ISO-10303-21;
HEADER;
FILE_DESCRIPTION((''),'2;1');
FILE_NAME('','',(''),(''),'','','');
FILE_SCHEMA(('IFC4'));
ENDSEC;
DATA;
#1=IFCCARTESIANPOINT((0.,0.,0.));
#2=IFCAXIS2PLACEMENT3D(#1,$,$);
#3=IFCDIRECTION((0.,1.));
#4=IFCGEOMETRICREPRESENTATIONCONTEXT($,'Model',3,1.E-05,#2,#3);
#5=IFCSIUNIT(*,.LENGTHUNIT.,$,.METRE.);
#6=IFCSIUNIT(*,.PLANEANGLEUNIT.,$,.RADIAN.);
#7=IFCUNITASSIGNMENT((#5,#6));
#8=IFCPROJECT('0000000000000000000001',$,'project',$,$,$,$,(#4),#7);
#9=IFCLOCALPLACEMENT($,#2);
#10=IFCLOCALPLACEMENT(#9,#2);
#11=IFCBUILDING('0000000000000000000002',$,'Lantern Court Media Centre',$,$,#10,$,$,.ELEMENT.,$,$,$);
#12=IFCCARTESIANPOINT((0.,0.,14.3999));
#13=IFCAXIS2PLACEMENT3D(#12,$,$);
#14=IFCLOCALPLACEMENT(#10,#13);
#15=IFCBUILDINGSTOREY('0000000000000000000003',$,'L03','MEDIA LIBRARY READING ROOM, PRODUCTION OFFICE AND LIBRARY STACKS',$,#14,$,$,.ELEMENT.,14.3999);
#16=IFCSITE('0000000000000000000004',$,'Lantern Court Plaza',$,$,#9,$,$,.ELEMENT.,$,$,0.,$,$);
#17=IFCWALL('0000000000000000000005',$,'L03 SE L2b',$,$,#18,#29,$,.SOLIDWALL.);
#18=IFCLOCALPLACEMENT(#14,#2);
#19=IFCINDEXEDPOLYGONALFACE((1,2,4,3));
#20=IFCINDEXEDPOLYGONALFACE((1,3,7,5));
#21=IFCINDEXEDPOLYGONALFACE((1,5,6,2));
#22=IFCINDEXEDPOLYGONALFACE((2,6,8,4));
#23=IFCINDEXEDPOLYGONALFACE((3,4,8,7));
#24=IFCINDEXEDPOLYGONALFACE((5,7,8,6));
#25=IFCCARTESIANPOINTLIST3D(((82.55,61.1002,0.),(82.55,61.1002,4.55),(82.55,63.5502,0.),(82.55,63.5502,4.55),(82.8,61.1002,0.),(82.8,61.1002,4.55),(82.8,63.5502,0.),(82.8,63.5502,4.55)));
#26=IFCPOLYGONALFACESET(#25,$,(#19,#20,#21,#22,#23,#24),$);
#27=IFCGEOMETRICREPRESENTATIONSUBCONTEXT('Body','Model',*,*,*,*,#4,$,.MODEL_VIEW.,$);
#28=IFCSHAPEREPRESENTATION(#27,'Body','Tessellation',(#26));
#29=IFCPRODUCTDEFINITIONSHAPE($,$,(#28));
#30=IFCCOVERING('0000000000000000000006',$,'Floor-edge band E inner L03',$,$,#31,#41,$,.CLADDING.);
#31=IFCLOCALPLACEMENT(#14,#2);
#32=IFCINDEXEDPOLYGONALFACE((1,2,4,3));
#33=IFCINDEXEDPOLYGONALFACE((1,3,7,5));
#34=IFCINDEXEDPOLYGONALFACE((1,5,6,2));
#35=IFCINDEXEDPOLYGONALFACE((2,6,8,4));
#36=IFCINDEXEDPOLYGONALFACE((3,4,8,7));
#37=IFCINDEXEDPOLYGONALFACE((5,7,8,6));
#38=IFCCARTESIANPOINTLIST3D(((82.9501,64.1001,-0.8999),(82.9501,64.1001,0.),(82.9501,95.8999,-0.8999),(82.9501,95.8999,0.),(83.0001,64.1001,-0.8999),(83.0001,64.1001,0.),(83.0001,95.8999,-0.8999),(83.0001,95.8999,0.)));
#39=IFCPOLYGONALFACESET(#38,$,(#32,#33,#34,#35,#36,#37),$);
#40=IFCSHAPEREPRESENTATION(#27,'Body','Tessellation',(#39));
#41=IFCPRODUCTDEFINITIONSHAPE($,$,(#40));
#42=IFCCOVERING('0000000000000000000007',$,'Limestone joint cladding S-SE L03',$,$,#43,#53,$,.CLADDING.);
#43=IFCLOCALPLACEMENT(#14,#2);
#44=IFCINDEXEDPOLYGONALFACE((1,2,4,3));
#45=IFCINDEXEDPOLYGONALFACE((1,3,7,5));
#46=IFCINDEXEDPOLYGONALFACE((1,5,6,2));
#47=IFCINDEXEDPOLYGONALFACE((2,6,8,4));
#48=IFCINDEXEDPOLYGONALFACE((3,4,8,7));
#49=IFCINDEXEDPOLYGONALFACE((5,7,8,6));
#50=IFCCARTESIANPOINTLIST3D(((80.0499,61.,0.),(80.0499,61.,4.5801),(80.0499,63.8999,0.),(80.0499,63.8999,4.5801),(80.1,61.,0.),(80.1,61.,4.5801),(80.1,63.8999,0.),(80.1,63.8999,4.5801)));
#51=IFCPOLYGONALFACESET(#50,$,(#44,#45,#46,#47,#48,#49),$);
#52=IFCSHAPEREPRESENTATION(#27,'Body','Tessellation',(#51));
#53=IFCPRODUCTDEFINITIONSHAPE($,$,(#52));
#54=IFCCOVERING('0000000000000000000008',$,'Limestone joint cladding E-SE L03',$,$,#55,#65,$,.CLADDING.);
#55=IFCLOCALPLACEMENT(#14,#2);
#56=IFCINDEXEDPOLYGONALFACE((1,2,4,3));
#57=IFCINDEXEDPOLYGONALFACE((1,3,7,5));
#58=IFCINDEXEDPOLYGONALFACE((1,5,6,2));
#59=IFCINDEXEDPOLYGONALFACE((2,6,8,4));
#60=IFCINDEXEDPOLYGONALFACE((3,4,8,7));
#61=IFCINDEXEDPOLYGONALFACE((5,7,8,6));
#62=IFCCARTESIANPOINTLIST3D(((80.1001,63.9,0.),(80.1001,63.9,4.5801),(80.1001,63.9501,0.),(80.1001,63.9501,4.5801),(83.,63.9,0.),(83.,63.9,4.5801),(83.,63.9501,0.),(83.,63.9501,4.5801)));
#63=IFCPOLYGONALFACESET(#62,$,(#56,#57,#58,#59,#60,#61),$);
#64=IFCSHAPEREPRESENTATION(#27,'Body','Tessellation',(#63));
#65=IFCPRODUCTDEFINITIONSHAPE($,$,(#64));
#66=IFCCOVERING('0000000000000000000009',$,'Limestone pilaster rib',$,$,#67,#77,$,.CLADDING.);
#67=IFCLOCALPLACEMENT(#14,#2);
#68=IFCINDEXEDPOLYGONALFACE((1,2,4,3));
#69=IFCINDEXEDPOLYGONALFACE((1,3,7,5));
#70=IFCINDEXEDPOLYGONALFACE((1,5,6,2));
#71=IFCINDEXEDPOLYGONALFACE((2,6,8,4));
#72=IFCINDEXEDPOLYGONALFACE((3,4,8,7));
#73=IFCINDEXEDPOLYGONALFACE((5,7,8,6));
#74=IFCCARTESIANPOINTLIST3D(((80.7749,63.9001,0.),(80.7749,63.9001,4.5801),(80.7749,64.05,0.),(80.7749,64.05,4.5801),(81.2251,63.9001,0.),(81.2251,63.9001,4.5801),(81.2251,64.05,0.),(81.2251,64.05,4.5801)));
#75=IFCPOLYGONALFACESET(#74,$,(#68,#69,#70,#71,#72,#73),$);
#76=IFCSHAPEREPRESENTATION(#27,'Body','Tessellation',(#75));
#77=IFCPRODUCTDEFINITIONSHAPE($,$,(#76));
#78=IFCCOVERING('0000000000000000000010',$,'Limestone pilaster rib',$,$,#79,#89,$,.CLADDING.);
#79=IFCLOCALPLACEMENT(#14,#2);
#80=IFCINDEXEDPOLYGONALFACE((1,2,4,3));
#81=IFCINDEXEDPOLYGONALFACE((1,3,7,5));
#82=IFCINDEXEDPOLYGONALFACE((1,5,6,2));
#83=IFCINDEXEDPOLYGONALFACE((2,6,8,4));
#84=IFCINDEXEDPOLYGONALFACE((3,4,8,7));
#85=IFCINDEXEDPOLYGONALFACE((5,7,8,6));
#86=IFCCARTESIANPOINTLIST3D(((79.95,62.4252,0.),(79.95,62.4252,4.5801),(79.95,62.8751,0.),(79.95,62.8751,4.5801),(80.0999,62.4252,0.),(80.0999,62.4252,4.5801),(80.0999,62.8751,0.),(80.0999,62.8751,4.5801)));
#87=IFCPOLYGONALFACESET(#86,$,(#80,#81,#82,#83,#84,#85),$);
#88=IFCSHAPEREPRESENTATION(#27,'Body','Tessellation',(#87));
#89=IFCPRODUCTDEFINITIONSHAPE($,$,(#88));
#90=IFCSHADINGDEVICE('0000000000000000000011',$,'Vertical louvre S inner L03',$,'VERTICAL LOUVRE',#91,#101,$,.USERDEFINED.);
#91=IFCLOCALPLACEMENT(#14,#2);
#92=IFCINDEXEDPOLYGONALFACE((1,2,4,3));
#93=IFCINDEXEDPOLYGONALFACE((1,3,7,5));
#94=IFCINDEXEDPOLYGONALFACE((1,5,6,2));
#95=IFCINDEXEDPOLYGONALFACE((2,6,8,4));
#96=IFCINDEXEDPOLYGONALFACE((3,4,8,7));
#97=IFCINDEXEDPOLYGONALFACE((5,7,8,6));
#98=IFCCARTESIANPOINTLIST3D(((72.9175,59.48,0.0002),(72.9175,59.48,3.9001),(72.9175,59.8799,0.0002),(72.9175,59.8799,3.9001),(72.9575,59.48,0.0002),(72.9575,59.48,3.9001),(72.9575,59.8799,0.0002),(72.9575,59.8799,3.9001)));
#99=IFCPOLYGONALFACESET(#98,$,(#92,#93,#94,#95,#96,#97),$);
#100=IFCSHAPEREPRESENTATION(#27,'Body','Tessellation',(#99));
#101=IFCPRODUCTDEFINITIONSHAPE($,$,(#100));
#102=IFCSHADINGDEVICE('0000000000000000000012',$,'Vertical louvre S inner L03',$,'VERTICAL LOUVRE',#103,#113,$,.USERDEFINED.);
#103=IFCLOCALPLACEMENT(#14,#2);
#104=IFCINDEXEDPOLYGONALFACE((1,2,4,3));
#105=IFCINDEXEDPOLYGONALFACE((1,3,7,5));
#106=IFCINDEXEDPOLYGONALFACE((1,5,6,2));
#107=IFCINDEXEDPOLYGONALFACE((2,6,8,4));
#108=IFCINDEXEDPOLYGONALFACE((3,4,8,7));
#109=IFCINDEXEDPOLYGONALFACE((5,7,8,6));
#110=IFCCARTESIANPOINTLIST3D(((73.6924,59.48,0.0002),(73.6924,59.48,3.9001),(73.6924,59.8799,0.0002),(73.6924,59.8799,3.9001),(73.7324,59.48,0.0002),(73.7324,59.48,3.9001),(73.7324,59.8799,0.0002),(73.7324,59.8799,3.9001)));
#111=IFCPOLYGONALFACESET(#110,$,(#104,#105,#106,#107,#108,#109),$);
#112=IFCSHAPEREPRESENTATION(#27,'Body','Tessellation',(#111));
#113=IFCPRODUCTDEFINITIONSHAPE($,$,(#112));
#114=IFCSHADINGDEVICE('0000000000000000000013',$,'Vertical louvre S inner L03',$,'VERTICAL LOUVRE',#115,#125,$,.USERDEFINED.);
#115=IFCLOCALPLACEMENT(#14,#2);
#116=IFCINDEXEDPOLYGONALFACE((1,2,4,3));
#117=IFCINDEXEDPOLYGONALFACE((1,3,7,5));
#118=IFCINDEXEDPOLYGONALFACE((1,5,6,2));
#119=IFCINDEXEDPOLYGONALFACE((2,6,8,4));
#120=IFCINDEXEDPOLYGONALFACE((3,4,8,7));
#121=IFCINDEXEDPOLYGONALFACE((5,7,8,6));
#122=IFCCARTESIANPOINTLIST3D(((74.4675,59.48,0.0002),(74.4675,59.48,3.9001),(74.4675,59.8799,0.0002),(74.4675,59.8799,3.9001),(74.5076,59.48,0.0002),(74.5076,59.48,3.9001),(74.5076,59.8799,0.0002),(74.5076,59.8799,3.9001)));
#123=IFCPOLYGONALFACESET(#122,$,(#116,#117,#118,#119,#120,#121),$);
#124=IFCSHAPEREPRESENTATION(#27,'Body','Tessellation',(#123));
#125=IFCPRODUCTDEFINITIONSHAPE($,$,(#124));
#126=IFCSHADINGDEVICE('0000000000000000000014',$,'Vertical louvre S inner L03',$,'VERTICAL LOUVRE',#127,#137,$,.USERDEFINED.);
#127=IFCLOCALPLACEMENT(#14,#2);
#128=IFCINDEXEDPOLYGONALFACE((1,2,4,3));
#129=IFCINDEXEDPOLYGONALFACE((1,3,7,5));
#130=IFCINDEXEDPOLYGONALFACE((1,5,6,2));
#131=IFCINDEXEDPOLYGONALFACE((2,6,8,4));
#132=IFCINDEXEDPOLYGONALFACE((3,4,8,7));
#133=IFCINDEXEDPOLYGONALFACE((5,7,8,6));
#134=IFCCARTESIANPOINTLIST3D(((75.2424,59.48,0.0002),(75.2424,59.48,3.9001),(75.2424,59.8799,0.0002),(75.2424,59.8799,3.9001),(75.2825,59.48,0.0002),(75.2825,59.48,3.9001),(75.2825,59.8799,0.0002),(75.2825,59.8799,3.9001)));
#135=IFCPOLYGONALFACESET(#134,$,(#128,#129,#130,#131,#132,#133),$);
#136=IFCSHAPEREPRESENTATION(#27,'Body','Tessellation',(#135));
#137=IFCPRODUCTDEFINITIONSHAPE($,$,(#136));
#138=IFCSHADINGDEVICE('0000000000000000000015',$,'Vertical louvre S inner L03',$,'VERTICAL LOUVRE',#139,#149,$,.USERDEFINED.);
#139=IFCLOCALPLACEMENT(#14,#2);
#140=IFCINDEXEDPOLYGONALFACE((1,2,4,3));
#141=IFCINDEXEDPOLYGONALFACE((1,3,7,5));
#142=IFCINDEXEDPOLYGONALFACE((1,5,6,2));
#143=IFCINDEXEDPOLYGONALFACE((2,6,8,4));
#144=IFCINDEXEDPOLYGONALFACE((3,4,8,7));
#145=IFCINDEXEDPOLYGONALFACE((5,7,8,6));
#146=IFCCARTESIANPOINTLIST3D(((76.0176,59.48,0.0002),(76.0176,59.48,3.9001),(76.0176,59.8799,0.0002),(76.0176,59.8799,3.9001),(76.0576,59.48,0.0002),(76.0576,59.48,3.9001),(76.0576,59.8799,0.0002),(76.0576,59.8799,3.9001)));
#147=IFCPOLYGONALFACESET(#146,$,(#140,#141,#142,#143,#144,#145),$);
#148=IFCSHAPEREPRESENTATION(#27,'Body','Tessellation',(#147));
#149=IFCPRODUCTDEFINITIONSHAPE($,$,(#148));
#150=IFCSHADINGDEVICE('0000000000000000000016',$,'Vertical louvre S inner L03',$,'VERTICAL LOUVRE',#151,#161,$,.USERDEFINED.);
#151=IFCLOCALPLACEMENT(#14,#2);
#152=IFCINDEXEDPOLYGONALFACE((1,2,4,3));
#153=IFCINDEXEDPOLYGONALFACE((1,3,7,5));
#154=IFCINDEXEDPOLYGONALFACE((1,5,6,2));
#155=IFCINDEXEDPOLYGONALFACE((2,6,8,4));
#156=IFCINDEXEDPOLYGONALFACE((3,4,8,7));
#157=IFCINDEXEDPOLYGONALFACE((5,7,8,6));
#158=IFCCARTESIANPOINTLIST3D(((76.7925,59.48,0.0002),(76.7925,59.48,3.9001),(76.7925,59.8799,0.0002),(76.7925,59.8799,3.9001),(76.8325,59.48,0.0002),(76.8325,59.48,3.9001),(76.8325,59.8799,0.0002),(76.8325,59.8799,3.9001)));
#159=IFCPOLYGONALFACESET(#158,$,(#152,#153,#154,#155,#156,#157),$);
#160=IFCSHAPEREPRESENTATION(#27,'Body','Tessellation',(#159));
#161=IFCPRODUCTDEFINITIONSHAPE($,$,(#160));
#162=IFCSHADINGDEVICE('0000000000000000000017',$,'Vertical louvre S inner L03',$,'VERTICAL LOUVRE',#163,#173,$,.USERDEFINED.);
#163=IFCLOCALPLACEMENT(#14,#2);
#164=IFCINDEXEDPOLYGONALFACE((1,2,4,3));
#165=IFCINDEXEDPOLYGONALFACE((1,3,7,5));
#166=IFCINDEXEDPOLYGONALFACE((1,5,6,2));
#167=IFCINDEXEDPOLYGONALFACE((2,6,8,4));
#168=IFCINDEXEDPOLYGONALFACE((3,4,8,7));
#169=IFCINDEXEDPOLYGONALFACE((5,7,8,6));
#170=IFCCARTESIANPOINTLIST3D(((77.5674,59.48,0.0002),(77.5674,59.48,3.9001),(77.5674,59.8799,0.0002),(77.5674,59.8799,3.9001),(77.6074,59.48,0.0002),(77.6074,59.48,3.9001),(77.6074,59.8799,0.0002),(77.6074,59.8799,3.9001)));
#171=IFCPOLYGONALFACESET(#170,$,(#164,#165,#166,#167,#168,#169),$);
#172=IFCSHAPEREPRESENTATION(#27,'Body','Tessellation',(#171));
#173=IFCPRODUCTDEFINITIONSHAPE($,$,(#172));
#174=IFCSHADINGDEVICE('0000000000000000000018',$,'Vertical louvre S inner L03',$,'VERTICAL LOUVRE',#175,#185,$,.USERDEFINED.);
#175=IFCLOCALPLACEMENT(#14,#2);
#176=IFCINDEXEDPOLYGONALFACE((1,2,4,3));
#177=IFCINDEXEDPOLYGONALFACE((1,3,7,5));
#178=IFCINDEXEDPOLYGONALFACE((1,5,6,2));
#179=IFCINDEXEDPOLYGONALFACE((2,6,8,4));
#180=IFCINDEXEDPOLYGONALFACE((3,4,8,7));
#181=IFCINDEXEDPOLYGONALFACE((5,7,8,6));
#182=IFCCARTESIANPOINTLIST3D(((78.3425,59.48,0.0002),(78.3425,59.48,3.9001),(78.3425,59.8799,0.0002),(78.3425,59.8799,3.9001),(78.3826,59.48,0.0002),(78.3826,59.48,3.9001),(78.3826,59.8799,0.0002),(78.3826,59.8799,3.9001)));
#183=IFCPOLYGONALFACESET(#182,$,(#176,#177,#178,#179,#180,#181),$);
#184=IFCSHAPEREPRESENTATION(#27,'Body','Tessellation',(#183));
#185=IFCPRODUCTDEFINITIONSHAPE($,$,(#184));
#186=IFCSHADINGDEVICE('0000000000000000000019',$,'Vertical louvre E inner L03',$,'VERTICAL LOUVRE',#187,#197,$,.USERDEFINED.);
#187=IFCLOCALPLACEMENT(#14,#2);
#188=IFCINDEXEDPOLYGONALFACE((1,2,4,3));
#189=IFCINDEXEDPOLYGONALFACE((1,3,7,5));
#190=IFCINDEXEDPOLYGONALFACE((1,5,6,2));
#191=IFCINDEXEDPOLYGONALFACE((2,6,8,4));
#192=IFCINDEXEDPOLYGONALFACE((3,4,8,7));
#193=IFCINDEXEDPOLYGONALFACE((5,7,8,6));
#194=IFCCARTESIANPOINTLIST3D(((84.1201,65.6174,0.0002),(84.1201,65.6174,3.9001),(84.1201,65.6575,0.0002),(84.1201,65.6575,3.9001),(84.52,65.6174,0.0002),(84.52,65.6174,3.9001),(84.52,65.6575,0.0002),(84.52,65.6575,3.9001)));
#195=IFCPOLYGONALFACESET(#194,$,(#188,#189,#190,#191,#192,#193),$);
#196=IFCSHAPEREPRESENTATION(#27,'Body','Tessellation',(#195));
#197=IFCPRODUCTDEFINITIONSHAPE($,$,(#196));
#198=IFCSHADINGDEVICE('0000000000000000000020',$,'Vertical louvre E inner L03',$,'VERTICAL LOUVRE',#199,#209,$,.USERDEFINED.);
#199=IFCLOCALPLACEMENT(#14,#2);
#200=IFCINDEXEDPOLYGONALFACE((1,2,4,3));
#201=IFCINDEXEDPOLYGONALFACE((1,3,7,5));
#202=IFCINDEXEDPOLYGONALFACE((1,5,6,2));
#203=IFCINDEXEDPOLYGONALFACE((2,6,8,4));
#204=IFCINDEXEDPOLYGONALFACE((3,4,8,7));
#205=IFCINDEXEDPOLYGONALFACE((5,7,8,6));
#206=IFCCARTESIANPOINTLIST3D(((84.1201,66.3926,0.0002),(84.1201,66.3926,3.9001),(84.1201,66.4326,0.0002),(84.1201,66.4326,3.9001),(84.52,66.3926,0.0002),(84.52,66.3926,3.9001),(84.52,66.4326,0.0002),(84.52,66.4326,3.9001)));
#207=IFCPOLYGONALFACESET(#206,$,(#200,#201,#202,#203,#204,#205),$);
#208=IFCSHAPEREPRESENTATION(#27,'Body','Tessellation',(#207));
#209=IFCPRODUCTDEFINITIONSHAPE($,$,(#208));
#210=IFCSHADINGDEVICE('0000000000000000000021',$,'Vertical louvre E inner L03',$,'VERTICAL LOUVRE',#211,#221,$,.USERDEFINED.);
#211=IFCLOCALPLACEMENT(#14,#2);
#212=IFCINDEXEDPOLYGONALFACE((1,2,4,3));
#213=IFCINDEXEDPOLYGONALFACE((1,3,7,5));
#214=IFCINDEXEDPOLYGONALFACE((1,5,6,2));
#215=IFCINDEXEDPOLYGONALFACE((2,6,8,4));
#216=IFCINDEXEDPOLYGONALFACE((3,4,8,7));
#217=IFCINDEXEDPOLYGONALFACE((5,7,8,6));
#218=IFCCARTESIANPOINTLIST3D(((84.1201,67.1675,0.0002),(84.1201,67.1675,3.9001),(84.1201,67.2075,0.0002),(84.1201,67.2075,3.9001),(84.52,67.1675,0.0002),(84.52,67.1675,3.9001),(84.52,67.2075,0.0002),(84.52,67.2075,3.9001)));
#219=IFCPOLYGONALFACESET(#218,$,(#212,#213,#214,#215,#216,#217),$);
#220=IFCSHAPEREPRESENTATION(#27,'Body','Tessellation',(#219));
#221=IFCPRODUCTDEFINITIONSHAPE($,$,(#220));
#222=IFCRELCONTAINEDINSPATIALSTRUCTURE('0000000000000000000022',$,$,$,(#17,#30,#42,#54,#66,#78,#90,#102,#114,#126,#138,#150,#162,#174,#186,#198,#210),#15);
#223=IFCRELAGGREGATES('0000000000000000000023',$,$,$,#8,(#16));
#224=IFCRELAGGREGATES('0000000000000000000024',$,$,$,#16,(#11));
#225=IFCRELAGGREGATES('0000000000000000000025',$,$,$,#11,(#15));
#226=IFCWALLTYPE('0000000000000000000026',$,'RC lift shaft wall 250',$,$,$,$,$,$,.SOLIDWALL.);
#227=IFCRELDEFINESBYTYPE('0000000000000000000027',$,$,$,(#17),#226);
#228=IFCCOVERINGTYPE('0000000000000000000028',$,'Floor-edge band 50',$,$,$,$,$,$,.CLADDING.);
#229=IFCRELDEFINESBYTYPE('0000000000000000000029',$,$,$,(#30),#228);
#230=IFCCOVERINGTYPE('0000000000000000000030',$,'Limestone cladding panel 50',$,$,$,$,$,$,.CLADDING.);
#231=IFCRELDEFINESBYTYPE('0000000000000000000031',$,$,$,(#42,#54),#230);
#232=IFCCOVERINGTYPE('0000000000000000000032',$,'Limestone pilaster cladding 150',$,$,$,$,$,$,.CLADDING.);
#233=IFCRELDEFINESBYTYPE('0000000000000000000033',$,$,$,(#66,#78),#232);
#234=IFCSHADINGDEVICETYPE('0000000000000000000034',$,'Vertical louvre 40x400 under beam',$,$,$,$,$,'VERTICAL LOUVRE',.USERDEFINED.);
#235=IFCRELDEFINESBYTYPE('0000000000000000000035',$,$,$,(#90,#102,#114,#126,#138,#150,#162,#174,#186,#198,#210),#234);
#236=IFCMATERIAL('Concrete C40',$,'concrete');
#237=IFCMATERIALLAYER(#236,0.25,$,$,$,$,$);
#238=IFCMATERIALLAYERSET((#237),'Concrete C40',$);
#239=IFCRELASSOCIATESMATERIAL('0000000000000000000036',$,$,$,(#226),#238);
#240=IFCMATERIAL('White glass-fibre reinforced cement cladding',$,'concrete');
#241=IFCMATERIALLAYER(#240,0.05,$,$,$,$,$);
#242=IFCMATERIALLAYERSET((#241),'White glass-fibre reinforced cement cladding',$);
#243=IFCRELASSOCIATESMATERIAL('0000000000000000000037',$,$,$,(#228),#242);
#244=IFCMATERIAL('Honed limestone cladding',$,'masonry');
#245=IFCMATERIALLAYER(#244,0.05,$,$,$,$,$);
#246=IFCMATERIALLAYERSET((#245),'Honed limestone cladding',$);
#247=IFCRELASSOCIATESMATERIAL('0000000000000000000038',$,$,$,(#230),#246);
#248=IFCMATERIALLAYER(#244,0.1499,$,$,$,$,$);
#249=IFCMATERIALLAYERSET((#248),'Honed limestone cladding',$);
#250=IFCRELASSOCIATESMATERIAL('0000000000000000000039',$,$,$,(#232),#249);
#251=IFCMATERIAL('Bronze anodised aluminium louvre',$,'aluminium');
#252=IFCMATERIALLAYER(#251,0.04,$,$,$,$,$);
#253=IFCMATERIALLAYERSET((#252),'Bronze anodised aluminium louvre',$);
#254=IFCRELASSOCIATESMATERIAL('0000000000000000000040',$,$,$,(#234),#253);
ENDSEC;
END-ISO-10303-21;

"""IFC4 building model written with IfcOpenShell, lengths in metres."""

from ifc_helpers import new_model, si_unit, direction, frame, frame_2d, origin, origin_2d, place, context, subcontext, project, spatial, rectangle, extrude, material, layer, layer_set, type_object, element, save


model = new_model("IFC4")

# Units and contexts
model_context = context("Model", 3, precision=1e-05, world=origin(), true_north=direction((0.0, 1.0)))
body_context = subcontext(model_context, "Body", "Model", "MODEL_VIEW")
ifc_project = project(units=[si_unit("LENGTHUNIT", "METRE"), si_unit("PLANEANGLEUNIT", "RADIAN")], contexts=[model_context])

# Site, building, storey
site_placement = place(None, origin())
site = spatial("IfcSite", under=ifc_project, at=site_placement, Name="Lantern Court Plaza", CompositionType="ELEMENT", RefElevation=0.0)
building_placement = place(site_placement, origin())
building = spatial("IfcBuilding", under=site, at=building_placement, Name="Lantern Court Media Centre", CompositionType="ELEMENT")
storey_placement = place(building_placement, frame((0.0, 0.0, 14.3999)))
storey = spatial("IfcBuildingStorey", under=building, at=storey_placement, Name="L03", Description="MEDIA LIBRARY READING ROOM, PRODUCTION OFFICE AND LIBRARY STACKS", CompositionType="ELEMENT", Elevation=14.3999)

# Wall
ifc_material_1 = material(Name="Concrete C40", Category="concrete")
ifc_layer_1 = layer(ifc_material_1, 0.25)
ifc_layer_set_1 = layer_set([ifc_layer_1], Name="Concrete C40")
wall_type_1 = type_object("IfcWallType", Name="RC lift shaft wall 250", PredefinedType="SOLIDWALL", material=ifc_layer_set_1)
wall_1_placement = place(storey_placement, frame((82.675, 61.1001, 0.0), z_axis=(0.0, 0.0, 1.0), x_axis=(0.0, 1.0, 0.0)))
element("IfcWall", 1, at=wall_1_placement, inside=storey, type_object=wall_type_1, Name="L03 SE L2b", PredefinedType="SOLIDWALL", context=body_context, shape_type="SweptSolid", body=[
    extrude(rectangle(XDim=2.45, YDim=0.25, at=frame_2d((1.2251, 0.0))), origin(), (0.0, 0.0, 1.0), 4.55),
])

# Covering
ifc_material_2 = material(Name="White glass-fibre reinforced cement cladding", Category="concrete")
ifc_layer_2 = layer(ifc_material_2, 0.05)
ifc_layer_set_2 = layer_set([ifc_layer_2], Name="White glass-fibre reinforced cement cladding")
covering_type_1 = type_object("IfcCoveringType", Name="Floor-edge band 50", PredefinedType="CLADDING", material=ifc_layer_set_2)
covering_1_placement = place(storey_placement, frame((82.9751, 64.1001, -0.8999), z_axis=(0.0, 0.0, 1.0), x_axis=(0.0, 1.0, 0.0)))
element("IfcCovering", 2, at=covering_1_placement, inside=storey, type_object=covering_type_1, Name="Floor-edge band E inner L03", PredefinedType="CLADDING", context=body_context, shape_type="SweptSolid", body=[
    extrude(rectangle(XDim=31.7998, YDim=0.05, at=frame_2d((15.8999, 0.0))), origin(), (0.0, 0.0, 1.0), 0.8999),
])

# Coverings
ifc_material_3 = material(Name="Honed limestone cladding", Category="masonry")
ifc_layer_3 = layer(ifc_material_3, 0.05)
ifc_layer_set_3 = layer_set([ifc_layer_3], Name="Honed limestone cladding")
covering_type_2 = type_object("IfcCoveringType", Name="Limestone cladding panel 50", PredefinedType="CLADDING", material=ifc_layer_set_3)
for number, where, z_axis, x_axis, name in (
    (3, (80.075, 61.0, 0.0), (0.0, 0.0, 1.0), (0.0, 1.0, 0.0), "Limestone joint cladding S-SE L03"),
    (4, (80.1001, 63.925, 0.0), (0.0, 0.0, 1.0), (1.0, 0.0, 0.0), "Limestone joint cladding E-SE L03"),
):
    element("IfcCovering", number, at=place(storey_placement, frame(where, z_axis=z_axis, x_axis=x_axis)), inside=storey, type_object=covering_type_2, Name=name, PredefinedType="CLADDING", context=body_context, shape_type="SweptSolid", body=[
        extrude(rectangle(XDim=2.8999, YDim=0.05, at=frame_2d((1.45, 0.0))), origin(), (0.0, 0.0, 1.0), 4.5801),
    ])
ifc_layer_4 = layer(ifc_material_3, 0.1499)
ifc_layer_set_4 = layer_set([ifc_layer_4], Name="Honed limestone cladding")
covering_type_3 = type_object("IfcCoveringType", Name="Limestone pilaster cladding 150", PredefinedType="CLADDING", material=ifc_layer_set_4)
covering_2_placement = place(storey_placement, frame((80.7749, 63.9751, 0.0), z_axis=(0.0, 0.0, 1.0), x_axis=(1.0, 0.0, 0.0)))
element("IfcCovering", 5, at=covering_2_placement, inside=storey, type_object=covering_type_3, Name="Limestone pilaster rib", PredefinedType="CLADDING", context=body_context, shape_type="SweptSolid", body=[
    extrude(rectangle(XDim=0.4502, YDim=0.1499, at=frame_2d((0.2251, 0.0))), origin(), (0.0, 0.0, 1.0), 4.5801),
])
covering_3_placement = place(storey_placement, frame((80.0249, 62.425, 0.0), z_axis=(0.0, 0.0, 1.0), x_axis=(0.0, 1.0, 0.0)))
element("IfcCovering", 6, at=covering_3_placement, inside=storey, type_object=covering_type_3, Name="Limestone pilaster rib", PredefinedType="CLADDING", context=body_context, shape_type="SweptSolid", body=[
    extrude(rectangle(XDim=0.45, YDim=0.1499, at=frame_2d((0.2251, 0.0))), origin(), (0.0, 0.0, 1.0), 4.5801),
])

# Shading devices
ifc_material_4 = material(Name="Bronze anodised aluminium louvre", Category="aluminium")
ifc_layer_5 = layer(ifc_material_4, 0.04)
ifc_layer_set_5 = layer_set([ifc_layer_5], Name="Bronze anodised aluminium louvre")
shading_device_type = type_object("IfcShadingDeviceType", Name="Vertical louvre 40x400 under beam", ElementType="VERTICAL LOUVRE", PredefinedType="USERDEFINED", material=ifc_layer_set_5)
for number, where, z_axis, x_axis, name in (
    (7, (72.9375, 59.6799, 0.0002), (0.0, 0.0, 1.0), (1.0, 0.0, 0.0), "Vertical louvre S inner L03"),
    (8, (73.7124, 59.6799, 0.0002), (0.0, 0.0, 1.0), (1.0, 0.0, 0.0), "Vertical louvre S inner L03"),
    (9, (74.4875, 59.6799, 0.0002), (0.0, 0.0, 1.0), (1.0, 0.0, 0.0), "Vertical louvre S inner L03"),
    (10, (75.2625, 59.6799, 0.0002), (0.0, 0.0, 1.0), (1.0, 0.0, 0.0), "Vertical louvre S inner L03"),
    (11, (76.0376, 59.6799, 0.0002), (0.0, 0.0, 1.0), (1.0, 0.0, 0.0), "Vertical louvre S inner L03"),
    (12, (76.8125, 59.6799, 0.0002), (0.0, 0.0, 1.0), (1.0, 0.0, 0.0), "Vertical louvre S inner L03"),
    (13, (77.5874, 59.6799, 0.0002), (0.0, 0.0, 1.0), (1.0, 0.0, 0.0), "Vertical louvre S inner L03"),
    (14, (78.3625, 59.6799, 0.0002), (0.0, 0.0, 1.0), (1.0, 0.0, 0.0), "Vertical louvre S inner L03"),
):
    element("IfcShadingDevice", number, at=place(storey_placement, frame(where, z_axis=z_axis, x_axis=x_axis)), inside=storey, type_object=shading_device_type, Name=name, ObjectType="VERTICAL LOUVRE", PredefinedType="USERDEFINED", context=body_context, shape_type="SweptSolid", body=[
        extrude(rectangle(XDim=0.04, YDim=0.3999, at=origin_2d()), origin(), (0.0, 0.0, 1.0), 3.8999),
    ])
for number, where, z_axis, x_axis, name in (
    (15, (84.3201, 65.6375, 0.0002), (0.0, 0.0, 1.0), (1.0, 0.0, 0.0), "Vertical louvre E inner L03"),
    (16, (84.3201, 66.4126, 0.0002), (0.0, 0.0, 1.0), (1.0, 0.0, 0.0), "Vertical louvre E inner L03"),
    (17, (84.3201, 67.1875, 0.0002), (0.0, 0.0, 1.0), (1.0, 0.0, 0.0), "Vertical louvre E inner L03"),
):
    element("IfcShadingDevice", number, at=place(storey_placement, frame(where, z_axis=z_axis, x_axis=x_axis)), inside=storey, type_object=shading_device_type, Name=name, ObjectType="VERTICAL LOUVRE", PredefinedType="USERDEFINED", context=body_context, shape_type="SweptSolid", body=[
        extrude(rectangle(XDim=0.3999, YDim=0.04, at=origin_2d()), origin(), (0.0, 0.0, 1.0), 3.8999),
    ])

save(model, "model.ifc")
